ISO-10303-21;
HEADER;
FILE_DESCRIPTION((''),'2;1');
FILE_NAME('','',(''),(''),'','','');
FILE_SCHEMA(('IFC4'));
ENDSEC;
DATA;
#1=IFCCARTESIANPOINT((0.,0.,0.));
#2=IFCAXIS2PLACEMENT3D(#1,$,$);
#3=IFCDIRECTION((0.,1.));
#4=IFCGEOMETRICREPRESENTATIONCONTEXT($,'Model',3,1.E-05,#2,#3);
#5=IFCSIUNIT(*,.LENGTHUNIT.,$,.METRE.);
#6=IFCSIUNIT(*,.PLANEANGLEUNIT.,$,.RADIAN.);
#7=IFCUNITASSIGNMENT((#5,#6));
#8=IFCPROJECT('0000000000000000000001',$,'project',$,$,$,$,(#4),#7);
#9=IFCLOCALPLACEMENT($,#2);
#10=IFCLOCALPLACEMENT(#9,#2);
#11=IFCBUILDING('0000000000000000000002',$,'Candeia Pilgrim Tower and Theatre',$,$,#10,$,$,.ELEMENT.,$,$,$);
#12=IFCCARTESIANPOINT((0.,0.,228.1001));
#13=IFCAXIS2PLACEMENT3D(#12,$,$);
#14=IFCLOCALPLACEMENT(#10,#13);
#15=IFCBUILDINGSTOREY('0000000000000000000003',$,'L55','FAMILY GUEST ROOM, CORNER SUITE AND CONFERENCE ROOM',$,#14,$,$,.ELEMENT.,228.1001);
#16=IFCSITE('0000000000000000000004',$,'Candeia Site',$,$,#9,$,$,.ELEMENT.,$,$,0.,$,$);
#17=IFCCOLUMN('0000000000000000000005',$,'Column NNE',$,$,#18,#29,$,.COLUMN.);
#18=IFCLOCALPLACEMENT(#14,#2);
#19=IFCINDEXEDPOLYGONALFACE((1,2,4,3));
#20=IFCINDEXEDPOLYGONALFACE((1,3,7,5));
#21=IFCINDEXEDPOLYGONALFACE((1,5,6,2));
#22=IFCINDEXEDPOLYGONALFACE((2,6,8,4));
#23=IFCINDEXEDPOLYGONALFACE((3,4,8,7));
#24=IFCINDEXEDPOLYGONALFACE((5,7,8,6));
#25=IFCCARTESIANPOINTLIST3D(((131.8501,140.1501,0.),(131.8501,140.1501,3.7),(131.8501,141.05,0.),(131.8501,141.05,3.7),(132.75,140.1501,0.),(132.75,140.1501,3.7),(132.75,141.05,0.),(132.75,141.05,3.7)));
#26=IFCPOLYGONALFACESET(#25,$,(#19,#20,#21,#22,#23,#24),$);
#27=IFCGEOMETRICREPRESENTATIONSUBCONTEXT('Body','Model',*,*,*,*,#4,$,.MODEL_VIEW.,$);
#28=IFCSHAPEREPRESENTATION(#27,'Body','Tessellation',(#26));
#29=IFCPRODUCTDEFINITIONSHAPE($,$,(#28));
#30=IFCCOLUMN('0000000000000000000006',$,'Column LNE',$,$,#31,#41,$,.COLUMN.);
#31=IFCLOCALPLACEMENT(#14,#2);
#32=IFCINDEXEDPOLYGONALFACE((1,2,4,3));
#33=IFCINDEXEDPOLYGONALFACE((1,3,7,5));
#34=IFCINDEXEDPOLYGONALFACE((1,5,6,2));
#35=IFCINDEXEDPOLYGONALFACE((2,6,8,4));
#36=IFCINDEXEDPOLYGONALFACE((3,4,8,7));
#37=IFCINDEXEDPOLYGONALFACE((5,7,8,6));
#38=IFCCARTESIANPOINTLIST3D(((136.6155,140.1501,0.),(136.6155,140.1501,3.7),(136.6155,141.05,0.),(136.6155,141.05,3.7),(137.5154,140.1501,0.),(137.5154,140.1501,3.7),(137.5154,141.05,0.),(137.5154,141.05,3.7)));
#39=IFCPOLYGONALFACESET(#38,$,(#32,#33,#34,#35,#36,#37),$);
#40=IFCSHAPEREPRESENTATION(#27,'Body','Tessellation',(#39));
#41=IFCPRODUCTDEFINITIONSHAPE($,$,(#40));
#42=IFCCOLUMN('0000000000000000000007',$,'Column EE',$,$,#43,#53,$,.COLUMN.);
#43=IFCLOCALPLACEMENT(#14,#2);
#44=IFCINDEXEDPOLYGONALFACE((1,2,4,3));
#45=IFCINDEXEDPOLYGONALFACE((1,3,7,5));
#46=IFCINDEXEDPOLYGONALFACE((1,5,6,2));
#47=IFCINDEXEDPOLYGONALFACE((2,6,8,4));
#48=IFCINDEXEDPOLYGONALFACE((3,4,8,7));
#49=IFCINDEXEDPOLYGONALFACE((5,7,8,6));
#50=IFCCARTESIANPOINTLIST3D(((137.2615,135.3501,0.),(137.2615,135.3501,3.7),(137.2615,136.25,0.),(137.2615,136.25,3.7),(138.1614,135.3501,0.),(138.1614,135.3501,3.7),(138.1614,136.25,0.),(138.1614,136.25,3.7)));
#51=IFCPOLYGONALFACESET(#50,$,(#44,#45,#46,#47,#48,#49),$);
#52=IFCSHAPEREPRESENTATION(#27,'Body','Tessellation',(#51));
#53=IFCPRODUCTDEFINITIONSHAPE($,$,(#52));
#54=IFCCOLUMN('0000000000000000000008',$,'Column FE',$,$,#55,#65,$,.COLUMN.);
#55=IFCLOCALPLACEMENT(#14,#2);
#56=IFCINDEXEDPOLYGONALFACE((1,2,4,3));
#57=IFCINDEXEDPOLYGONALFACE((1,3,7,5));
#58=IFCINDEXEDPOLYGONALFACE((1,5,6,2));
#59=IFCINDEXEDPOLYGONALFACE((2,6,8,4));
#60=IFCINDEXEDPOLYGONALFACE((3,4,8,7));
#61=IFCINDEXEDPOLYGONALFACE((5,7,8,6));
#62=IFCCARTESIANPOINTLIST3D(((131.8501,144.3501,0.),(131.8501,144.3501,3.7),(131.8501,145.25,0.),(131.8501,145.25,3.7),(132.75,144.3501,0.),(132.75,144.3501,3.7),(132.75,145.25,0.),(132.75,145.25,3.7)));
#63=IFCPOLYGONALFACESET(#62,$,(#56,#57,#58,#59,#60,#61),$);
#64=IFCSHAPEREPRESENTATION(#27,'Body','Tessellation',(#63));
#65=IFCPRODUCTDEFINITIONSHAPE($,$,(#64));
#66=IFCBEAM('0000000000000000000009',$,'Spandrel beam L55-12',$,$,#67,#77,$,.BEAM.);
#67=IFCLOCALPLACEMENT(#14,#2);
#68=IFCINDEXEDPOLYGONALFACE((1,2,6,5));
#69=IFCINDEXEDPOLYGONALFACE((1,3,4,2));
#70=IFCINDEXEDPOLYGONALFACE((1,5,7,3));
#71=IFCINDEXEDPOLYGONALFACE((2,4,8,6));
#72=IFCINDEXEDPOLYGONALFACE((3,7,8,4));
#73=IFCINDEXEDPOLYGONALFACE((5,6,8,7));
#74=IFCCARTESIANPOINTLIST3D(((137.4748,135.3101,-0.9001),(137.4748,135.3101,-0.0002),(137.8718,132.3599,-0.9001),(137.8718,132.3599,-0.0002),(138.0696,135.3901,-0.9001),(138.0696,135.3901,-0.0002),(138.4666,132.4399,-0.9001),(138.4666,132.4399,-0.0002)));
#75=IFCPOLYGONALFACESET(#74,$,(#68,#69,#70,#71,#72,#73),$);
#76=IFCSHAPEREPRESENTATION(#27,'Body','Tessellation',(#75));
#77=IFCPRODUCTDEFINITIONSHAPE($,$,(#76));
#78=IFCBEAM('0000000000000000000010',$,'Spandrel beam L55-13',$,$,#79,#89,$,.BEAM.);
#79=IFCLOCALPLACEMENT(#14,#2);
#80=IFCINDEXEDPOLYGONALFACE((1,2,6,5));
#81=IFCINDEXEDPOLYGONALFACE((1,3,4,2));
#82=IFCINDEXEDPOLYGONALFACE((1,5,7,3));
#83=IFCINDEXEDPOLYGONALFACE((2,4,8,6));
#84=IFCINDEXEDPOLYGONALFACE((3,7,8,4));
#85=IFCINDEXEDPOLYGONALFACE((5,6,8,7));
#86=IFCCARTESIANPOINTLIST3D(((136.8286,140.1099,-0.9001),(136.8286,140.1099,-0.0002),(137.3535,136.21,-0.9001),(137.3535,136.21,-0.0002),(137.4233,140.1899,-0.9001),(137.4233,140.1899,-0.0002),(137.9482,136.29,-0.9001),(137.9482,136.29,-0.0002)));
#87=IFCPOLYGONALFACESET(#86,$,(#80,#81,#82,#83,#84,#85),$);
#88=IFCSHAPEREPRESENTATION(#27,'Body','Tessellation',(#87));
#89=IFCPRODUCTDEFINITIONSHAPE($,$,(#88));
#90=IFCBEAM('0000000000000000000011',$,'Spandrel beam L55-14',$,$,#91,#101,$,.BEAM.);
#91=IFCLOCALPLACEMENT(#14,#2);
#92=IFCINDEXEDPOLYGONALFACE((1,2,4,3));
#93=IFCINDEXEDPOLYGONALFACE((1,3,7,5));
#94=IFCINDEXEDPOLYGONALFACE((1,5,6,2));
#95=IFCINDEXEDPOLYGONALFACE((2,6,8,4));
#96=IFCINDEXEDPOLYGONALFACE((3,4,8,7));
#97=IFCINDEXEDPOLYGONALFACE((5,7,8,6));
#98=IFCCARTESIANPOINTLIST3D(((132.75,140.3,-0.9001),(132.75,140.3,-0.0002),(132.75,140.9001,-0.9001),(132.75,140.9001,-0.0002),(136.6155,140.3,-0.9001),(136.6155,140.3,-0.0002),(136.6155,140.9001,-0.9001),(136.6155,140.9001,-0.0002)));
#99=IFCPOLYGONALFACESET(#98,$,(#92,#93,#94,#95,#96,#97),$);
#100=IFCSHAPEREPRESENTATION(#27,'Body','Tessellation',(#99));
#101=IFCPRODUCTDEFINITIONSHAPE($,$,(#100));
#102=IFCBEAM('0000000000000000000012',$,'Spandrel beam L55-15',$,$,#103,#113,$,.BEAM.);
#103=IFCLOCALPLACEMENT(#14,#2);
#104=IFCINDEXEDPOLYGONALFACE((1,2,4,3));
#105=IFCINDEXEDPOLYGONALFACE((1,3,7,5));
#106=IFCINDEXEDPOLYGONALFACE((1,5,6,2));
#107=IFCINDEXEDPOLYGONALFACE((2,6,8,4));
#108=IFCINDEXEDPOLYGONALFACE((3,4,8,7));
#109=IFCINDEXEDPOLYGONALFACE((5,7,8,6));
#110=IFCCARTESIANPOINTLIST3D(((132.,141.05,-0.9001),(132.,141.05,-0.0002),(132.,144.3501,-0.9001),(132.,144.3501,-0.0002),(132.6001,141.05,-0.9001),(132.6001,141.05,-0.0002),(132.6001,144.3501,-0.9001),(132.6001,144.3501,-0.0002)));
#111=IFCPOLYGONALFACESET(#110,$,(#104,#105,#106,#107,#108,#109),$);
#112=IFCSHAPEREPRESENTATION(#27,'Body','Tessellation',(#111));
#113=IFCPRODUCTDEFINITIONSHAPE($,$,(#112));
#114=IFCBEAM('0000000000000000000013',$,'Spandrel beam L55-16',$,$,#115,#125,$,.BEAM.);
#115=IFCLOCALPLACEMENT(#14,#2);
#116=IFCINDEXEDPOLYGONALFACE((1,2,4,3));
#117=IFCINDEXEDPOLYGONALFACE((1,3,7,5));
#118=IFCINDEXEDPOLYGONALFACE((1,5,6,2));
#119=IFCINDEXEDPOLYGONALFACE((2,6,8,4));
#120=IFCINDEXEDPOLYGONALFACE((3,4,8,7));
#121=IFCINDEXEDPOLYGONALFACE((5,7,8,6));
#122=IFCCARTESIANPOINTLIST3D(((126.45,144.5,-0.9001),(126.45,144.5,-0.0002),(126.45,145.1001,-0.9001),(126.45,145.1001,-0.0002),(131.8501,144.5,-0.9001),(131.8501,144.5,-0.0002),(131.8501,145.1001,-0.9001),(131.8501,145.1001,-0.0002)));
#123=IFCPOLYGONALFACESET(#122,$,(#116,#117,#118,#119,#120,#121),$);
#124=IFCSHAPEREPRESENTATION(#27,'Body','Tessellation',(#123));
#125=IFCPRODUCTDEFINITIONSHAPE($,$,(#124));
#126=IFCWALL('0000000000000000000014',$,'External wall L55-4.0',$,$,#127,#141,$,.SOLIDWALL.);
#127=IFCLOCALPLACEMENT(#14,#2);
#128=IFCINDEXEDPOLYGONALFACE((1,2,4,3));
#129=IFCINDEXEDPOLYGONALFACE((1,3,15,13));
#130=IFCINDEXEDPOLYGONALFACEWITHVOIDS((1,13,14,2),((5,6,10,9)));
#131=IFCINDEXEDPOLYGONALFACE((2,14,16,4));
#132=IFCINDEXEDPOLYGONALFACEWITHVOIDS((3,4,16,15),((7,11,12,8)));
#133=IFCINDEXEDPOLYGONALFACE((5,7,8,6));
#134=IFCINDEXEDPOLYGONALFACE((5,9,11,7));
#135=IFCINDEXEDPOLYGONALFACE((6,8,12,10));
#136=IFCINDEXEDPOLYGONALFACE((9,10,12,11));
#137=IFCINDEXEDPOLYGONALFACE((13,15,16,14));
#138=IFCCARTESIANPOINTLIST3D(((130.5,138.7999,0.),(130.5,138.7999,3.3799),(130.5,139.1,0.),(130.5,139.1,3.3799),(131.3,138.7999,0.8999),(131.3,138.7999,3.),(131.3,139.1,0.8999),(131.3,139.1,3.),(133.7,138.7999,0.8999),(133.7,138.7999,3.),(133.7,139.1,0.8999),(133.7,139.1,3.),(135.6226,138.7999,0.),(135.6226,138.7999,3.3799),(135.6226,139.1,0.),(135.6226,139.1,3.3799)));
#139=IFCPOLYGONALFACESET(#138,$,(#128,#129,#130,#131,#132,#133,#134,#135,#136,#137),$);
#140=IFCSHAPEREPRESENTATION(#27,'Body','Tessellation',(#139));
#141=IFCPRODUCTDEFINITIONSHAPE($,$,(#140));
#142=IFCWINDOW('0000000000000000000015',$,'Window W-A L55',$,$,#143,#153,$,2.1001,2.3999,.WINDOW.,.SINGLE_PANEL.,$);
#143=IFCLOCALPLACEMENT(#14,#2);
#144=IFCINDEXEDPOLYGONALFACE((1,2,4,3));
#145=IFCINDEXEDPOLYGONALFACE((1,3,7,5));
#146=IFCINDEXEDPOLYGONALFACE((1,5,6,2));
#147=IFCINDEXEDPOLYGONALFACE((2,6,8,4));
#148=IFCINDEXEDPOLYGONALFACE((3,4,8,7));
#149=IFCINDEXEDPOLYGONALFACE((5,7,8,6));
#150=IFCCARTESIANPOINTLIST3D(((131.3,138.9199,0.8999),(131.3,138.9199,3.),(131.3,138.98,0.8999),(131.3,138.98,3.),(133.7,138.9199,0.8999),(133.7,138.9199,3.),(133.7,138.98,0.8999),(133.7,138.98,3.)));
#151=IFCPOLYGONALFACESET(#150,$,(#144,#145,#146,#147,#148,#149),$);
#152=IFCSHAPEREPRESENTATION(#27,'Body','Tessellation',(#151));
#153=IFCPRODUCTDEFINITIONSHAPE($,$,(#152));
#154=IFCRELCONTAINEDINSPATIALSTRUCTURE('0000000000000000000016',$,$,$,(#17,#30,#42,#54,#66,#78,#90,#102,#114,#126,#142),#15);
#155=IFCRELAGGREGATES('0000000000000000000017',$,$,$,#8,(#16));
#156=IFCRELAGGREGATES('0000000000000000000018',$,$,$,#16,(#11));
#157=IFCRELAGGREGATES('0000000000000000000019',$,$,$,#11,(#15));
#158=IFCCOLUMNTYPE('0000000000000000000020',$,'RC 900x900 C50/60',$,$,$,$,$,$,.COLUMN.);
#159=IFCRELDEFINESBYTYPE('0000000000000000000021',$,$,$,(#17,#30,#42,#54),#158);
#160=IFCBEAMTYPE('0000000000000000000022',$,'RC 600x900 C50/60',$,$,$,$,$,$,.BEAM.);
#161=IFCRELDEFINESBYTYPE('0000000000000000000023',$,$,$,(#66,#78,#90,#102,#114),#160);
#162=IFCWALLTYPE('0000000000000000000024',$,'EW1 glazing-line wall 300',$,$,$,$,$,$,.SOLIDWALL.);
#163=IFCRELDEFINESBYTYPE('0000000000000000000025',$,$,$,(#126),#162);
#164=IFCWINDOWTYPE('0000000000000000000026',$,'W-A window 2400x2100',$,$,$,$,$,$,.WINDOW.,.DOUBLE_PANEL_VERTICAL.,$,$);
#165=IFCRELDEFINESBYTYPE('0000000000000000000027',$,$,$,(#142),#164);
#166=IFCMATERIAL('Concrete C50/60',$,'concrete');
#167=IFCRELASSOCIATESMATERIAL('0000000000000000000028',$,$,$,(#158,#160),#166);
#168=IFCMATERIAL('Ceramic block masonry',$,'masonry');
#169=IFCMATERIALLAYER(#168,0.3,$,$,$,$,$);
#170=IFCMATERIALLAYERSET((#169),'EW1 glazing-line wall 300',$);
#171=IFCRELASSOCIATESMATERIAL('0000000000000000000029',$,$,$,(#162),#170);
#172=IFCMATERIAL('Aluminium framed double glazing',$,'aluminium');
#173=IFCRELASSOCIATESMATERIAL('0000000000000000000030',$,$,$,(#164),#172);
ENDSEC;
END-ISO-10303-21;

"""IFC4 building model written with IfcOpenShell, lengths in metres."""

from ifc_helpers import new_model, si_unit, direction, frame, frame_2d, origin, origin_2d, place, context, subcontext, project, spatial, rectangle, extrude, material, layer, layer_set, material_profile, profile_set, type_object, element, fill, save


model = new_model("IFC4")

# Units and contexts
model_context = context("Model", 3, precision=1e-05, world=origin(), true_north=direction((0.0, 1.0)))
body_context = subcontext(model_context, "Body", "Model", "MODEL_VIEW")
ifc_project = project(units=[si_unit("LENGTHUNIT", "METRE"), si_unit("PLANEANGLEUNIT", "RADIAN")], contexts=[model_context])

# Site, building, storey
site_placement = place(None, origin())
site = spatial("IfcSite", under=ifc_project, at=site_placement, Name="Candeia Site", CompositionType="ELEMENT", RefElevation=0.0)
building_placement = place(site_placement, origin())
building = spatial("IfcBuilding", under=site, at=building_placement, Name="Candeia Pilgrim Tower and Theatre", CompositionType="ELEMENT")
storey_placement = place(building_placement, frame((0.0, 0.0, 228.1001)))
storey = spatial("IfcBuildingStorey", under=building, at=storey_placement, Name="L55", Description="FAMILY GUEST ROOM, CORNER SUITE AND CONFERENCE ROOM", CompositionType="ELEMENT", Elevation=228.1001)

# Columns
ifc_material_1 = material(Name="Concrete C50/60", Category="concrete")
ifc_material_profile_1 = material_profile(ifc_material_1, rectangle(XDim=0.8999, YDim=0.8999, at=origin_2d()))
ifc_profile_set_1 = profile_set([ifc_material_profile_1], Name="Concrete C50/60")
column_type = type_object("IfcColumnType", Name="RC 900x900 C50/60", PredefinedType="COLUMN", material=ifc_profile_set_1)
for number, where, z_axis, x_axis, name in (
    (1, (132.3, 140.6001, 0.0), (0.0, 0.0, 1.0), (1.0, 0.0, 0.0), "Column NNE"),
    (2, (137.0654, 140.6001, 0.0), (0.0, 0.0, 1.0), (1.0, 0.0, 0.0), "Column LNE"),
    (3, (137.7114, 135.8, 0.0), (0.0, 0.0, 1.0), (1.0, 0.0, 0.0), "Column EE"),
    (4, (132.3, 144.8, 0.0), (0.0, 0.0, 1.0), (1.0, 0.0, 0.0), "Column FE"),
):
    element("IfcColumn", number, at=place(storey_placement, frame(where, z_axis=z_axis, x_axis=x_axis)), inside=storey, type_object=column_type, Name=name, PredefinedType="COLUMN", context=body_context, shape_type="SweptSolid", body=[
        extrude(rectangle(XDim=0.8999, YDim=0.8999, at=origin_2d()), origin(), (0.0, 0.0, 1.0), 3.7),
    ])

# Beams
ifc_material_profile_2 = material_profile(ifc_material_1, rectangle(XDim=0.6001, YDim=0.8999, at=origin_2d()))
ifc_profile_set_2 = profile_set([ifc_material_profile_2], Name="Concrete C50/60")
beam_type = type_object("IfcBeamType", Name="RC 600x900 C50/60", PredefinedType="BEAM", material=ifc_profile_set_2)
beam_1_placement = place(storey_placement, frame((138.1692, 132.3999, -0.4502), z_axis=(-0.133356, 0.991068, 0.0), x_axis=(-0.991068, -0.133356, 0.0)))
element("IfcBeam", 5, at=beam_1_placement, inside=storey, type_object=beam_type, Name="Spandrel beam L55-12", PredefinedType="BEAM", context=body_context, shape_type="SweptSolid", body=[
    extrude(rectangle(XDim=0.6001, YDim=0.8999, at=origin_2d()), origin(), (0.0, 0.0, 1.0), 2.9768),
])
beam_2_placement = place(storey_placement, frame((137.6509, 136.25, -0.4502), z_axis=(-0.133391, 0.991064, 0.0), x_axis=(-0.991064, -0.133391, 0.0)))
element("IfcBeam", 6, at=beam_2_placement, inside=storey, type_object=beam_type, Name="Spandrel beam L55-13", PredefinedType="BEAM", context=body_context, shape_type="SweptSolid", body=[
    extrude(rectangle(XDim=0.6001, YDim=0.8999, at=origin_2d()), origin(), (0.0, 0.0, 1.0), 3.9351),
])
beam_3_placement = place(storey_placement, frame((136.6155, 140.6001, -0.4502), z_axis=(-1.0, 0.0, 0.0), x_axis=(0.0, -1.0, 0.0)))
element("IfcBeam", 7, at=beam_3_placement, inside=storey, type_object=beam_type, Name="Spandrel beam L55-14", PredefinedType="BEAM", context=body_context, shape_type="SweptSolid", body=[
    extrude(rectangle(XDim=0.6001, YDim=0.8999, at=origin_2d()), origin(), (0.0, 0.0, 1.0), 3.8655),
])
beam_4_placement = place(storey_placement, frame((132.3, 141.05, -0.4502), z_axis=(0.0, 1.0, 0.0), x_axis=(-1.0, 0.0, 0.0)))
element("IfcBeam", 8, at=beam_4_placement, inside=storey, type_object=beam_type, Name="Spandrel beam L55-15", PredefinedType="BEAM", context=body_context, shape_type="SweptSolid", body=[
    extrude(rectangle(XDim=0.6001, YDim=0.8999, at=origin_2d()), origin(), (0.0, 0.0, 1.0), 3.3),
])
beam_5_placement = place(storey_placement, frame((131.8501, 144.8, -0.4502), z_axis=(-1.0, 0.0, 0.0), x_axis=(0.0, -1.0, 0.0)))
element("IfcBeam", 9, at=beam_5_placement, inside=storey, type_object=beam_type, Name="Spandrel beam L55-16", PredefinedType="BEAM", context=body_context, shape_type="SweptSolid", body=[
    extrude(rectangle(XDim=0.6001, YDim=0.8999, at=origin_2d()), origin(), (0.0, 0.0, 1.0), 5.4001),
])

# Shared definitions
ifc_material_2 = material(Name="Ceramic block masonry", Category="masonry")
ifc_layer_1 = layer(ifc_material_2, 0.3)
ifc_layer_set_1 = layer_set([ifc_layer_1], Name="EW1 glazing-line wall 300")
wall_type = type_object("IfcWallType", Name="EW1 glazing-line wall 300", PredefinedType="SOLIDWALL", material=ifc_layer_set_1)
ifc_material_3 = material(Name="Aluminium framed double glazing", Category="aluminium")
window_type = type_object("IfcWindowType", Name="W-A window 2400x2100", PartitioningType="DOUBLE_PANEL_VERTICAL", PredefinedType="WINDOW", material=ifc_material_3)

# Wall, opening, window
wall_1_placement = place(storey_placement, frame((135.6226, 138.95, 0.0), z_axis=(0.0, 0.0, 1.0), x_axis=(-1.0, 0.0, 0.0)))
wall_1 = element("IfcWall", 10, at=wall_1_placement, inside=storey, type_object=wall_type, Name="External wall L55-4.0", PredefinedType="SOLIDWALL", context=body_context, shape_type="SweptSolid", body=[
    extrude(rectangle(XDim=5.1226, YDim=0.3, at=frame_2d((2.5613, 0.0))), origin(), (0.0, 0.0, 1.0), 3.3799),
])
opening_1_placement = place(wall_1_placement, frame((1.9226, 0.0, 0.8999)))
opening_1 = element("IfcOpeningElement", 11, at=opening_1_placement, cuts=wall_1, PredefinedType="OPENING", context=body_context, shape_type="SweptSolid", body=[
    extrude(rectangle(XDim=2.3999, YDim=2.1001, at=frame_2d((1.2, 1.05))), frame((0.0, 0.1602, 0.0), z_axis=(0.0, -1.0, 0.0), x_axis=(1.0, 0.0, 0.0)), (0.0, 0.0, 1.0), 0.3201),
])
window_1_placement = place(opening_1_placement, origin())
window_1 = element("IfcWindow", 12, at=window_1_placement, inside=storey, type_object=window_type, Name="Window W-A L55", OverallHeight=2.1001, OverallWidth=2.3999, PartitioningType="SINGLE_PANEL", PredefinedType="WINDOW", context=body_context, shape_type="SweptSolid", body=[
    extrude(rectangle(XDim=2.3999, YDim=2.1001, at=frame_2d((1.2, 1.05))), frame((0.0, 0.03, 0.0), z_axis=(0.0, -1.0, 0.0), x_axis=(1.0, 0.0, 0.0)), (0.0, 0.0, 1.0), 0.0601),
])
fill(opening_1, window_1)

save(model, "model.ifc")
